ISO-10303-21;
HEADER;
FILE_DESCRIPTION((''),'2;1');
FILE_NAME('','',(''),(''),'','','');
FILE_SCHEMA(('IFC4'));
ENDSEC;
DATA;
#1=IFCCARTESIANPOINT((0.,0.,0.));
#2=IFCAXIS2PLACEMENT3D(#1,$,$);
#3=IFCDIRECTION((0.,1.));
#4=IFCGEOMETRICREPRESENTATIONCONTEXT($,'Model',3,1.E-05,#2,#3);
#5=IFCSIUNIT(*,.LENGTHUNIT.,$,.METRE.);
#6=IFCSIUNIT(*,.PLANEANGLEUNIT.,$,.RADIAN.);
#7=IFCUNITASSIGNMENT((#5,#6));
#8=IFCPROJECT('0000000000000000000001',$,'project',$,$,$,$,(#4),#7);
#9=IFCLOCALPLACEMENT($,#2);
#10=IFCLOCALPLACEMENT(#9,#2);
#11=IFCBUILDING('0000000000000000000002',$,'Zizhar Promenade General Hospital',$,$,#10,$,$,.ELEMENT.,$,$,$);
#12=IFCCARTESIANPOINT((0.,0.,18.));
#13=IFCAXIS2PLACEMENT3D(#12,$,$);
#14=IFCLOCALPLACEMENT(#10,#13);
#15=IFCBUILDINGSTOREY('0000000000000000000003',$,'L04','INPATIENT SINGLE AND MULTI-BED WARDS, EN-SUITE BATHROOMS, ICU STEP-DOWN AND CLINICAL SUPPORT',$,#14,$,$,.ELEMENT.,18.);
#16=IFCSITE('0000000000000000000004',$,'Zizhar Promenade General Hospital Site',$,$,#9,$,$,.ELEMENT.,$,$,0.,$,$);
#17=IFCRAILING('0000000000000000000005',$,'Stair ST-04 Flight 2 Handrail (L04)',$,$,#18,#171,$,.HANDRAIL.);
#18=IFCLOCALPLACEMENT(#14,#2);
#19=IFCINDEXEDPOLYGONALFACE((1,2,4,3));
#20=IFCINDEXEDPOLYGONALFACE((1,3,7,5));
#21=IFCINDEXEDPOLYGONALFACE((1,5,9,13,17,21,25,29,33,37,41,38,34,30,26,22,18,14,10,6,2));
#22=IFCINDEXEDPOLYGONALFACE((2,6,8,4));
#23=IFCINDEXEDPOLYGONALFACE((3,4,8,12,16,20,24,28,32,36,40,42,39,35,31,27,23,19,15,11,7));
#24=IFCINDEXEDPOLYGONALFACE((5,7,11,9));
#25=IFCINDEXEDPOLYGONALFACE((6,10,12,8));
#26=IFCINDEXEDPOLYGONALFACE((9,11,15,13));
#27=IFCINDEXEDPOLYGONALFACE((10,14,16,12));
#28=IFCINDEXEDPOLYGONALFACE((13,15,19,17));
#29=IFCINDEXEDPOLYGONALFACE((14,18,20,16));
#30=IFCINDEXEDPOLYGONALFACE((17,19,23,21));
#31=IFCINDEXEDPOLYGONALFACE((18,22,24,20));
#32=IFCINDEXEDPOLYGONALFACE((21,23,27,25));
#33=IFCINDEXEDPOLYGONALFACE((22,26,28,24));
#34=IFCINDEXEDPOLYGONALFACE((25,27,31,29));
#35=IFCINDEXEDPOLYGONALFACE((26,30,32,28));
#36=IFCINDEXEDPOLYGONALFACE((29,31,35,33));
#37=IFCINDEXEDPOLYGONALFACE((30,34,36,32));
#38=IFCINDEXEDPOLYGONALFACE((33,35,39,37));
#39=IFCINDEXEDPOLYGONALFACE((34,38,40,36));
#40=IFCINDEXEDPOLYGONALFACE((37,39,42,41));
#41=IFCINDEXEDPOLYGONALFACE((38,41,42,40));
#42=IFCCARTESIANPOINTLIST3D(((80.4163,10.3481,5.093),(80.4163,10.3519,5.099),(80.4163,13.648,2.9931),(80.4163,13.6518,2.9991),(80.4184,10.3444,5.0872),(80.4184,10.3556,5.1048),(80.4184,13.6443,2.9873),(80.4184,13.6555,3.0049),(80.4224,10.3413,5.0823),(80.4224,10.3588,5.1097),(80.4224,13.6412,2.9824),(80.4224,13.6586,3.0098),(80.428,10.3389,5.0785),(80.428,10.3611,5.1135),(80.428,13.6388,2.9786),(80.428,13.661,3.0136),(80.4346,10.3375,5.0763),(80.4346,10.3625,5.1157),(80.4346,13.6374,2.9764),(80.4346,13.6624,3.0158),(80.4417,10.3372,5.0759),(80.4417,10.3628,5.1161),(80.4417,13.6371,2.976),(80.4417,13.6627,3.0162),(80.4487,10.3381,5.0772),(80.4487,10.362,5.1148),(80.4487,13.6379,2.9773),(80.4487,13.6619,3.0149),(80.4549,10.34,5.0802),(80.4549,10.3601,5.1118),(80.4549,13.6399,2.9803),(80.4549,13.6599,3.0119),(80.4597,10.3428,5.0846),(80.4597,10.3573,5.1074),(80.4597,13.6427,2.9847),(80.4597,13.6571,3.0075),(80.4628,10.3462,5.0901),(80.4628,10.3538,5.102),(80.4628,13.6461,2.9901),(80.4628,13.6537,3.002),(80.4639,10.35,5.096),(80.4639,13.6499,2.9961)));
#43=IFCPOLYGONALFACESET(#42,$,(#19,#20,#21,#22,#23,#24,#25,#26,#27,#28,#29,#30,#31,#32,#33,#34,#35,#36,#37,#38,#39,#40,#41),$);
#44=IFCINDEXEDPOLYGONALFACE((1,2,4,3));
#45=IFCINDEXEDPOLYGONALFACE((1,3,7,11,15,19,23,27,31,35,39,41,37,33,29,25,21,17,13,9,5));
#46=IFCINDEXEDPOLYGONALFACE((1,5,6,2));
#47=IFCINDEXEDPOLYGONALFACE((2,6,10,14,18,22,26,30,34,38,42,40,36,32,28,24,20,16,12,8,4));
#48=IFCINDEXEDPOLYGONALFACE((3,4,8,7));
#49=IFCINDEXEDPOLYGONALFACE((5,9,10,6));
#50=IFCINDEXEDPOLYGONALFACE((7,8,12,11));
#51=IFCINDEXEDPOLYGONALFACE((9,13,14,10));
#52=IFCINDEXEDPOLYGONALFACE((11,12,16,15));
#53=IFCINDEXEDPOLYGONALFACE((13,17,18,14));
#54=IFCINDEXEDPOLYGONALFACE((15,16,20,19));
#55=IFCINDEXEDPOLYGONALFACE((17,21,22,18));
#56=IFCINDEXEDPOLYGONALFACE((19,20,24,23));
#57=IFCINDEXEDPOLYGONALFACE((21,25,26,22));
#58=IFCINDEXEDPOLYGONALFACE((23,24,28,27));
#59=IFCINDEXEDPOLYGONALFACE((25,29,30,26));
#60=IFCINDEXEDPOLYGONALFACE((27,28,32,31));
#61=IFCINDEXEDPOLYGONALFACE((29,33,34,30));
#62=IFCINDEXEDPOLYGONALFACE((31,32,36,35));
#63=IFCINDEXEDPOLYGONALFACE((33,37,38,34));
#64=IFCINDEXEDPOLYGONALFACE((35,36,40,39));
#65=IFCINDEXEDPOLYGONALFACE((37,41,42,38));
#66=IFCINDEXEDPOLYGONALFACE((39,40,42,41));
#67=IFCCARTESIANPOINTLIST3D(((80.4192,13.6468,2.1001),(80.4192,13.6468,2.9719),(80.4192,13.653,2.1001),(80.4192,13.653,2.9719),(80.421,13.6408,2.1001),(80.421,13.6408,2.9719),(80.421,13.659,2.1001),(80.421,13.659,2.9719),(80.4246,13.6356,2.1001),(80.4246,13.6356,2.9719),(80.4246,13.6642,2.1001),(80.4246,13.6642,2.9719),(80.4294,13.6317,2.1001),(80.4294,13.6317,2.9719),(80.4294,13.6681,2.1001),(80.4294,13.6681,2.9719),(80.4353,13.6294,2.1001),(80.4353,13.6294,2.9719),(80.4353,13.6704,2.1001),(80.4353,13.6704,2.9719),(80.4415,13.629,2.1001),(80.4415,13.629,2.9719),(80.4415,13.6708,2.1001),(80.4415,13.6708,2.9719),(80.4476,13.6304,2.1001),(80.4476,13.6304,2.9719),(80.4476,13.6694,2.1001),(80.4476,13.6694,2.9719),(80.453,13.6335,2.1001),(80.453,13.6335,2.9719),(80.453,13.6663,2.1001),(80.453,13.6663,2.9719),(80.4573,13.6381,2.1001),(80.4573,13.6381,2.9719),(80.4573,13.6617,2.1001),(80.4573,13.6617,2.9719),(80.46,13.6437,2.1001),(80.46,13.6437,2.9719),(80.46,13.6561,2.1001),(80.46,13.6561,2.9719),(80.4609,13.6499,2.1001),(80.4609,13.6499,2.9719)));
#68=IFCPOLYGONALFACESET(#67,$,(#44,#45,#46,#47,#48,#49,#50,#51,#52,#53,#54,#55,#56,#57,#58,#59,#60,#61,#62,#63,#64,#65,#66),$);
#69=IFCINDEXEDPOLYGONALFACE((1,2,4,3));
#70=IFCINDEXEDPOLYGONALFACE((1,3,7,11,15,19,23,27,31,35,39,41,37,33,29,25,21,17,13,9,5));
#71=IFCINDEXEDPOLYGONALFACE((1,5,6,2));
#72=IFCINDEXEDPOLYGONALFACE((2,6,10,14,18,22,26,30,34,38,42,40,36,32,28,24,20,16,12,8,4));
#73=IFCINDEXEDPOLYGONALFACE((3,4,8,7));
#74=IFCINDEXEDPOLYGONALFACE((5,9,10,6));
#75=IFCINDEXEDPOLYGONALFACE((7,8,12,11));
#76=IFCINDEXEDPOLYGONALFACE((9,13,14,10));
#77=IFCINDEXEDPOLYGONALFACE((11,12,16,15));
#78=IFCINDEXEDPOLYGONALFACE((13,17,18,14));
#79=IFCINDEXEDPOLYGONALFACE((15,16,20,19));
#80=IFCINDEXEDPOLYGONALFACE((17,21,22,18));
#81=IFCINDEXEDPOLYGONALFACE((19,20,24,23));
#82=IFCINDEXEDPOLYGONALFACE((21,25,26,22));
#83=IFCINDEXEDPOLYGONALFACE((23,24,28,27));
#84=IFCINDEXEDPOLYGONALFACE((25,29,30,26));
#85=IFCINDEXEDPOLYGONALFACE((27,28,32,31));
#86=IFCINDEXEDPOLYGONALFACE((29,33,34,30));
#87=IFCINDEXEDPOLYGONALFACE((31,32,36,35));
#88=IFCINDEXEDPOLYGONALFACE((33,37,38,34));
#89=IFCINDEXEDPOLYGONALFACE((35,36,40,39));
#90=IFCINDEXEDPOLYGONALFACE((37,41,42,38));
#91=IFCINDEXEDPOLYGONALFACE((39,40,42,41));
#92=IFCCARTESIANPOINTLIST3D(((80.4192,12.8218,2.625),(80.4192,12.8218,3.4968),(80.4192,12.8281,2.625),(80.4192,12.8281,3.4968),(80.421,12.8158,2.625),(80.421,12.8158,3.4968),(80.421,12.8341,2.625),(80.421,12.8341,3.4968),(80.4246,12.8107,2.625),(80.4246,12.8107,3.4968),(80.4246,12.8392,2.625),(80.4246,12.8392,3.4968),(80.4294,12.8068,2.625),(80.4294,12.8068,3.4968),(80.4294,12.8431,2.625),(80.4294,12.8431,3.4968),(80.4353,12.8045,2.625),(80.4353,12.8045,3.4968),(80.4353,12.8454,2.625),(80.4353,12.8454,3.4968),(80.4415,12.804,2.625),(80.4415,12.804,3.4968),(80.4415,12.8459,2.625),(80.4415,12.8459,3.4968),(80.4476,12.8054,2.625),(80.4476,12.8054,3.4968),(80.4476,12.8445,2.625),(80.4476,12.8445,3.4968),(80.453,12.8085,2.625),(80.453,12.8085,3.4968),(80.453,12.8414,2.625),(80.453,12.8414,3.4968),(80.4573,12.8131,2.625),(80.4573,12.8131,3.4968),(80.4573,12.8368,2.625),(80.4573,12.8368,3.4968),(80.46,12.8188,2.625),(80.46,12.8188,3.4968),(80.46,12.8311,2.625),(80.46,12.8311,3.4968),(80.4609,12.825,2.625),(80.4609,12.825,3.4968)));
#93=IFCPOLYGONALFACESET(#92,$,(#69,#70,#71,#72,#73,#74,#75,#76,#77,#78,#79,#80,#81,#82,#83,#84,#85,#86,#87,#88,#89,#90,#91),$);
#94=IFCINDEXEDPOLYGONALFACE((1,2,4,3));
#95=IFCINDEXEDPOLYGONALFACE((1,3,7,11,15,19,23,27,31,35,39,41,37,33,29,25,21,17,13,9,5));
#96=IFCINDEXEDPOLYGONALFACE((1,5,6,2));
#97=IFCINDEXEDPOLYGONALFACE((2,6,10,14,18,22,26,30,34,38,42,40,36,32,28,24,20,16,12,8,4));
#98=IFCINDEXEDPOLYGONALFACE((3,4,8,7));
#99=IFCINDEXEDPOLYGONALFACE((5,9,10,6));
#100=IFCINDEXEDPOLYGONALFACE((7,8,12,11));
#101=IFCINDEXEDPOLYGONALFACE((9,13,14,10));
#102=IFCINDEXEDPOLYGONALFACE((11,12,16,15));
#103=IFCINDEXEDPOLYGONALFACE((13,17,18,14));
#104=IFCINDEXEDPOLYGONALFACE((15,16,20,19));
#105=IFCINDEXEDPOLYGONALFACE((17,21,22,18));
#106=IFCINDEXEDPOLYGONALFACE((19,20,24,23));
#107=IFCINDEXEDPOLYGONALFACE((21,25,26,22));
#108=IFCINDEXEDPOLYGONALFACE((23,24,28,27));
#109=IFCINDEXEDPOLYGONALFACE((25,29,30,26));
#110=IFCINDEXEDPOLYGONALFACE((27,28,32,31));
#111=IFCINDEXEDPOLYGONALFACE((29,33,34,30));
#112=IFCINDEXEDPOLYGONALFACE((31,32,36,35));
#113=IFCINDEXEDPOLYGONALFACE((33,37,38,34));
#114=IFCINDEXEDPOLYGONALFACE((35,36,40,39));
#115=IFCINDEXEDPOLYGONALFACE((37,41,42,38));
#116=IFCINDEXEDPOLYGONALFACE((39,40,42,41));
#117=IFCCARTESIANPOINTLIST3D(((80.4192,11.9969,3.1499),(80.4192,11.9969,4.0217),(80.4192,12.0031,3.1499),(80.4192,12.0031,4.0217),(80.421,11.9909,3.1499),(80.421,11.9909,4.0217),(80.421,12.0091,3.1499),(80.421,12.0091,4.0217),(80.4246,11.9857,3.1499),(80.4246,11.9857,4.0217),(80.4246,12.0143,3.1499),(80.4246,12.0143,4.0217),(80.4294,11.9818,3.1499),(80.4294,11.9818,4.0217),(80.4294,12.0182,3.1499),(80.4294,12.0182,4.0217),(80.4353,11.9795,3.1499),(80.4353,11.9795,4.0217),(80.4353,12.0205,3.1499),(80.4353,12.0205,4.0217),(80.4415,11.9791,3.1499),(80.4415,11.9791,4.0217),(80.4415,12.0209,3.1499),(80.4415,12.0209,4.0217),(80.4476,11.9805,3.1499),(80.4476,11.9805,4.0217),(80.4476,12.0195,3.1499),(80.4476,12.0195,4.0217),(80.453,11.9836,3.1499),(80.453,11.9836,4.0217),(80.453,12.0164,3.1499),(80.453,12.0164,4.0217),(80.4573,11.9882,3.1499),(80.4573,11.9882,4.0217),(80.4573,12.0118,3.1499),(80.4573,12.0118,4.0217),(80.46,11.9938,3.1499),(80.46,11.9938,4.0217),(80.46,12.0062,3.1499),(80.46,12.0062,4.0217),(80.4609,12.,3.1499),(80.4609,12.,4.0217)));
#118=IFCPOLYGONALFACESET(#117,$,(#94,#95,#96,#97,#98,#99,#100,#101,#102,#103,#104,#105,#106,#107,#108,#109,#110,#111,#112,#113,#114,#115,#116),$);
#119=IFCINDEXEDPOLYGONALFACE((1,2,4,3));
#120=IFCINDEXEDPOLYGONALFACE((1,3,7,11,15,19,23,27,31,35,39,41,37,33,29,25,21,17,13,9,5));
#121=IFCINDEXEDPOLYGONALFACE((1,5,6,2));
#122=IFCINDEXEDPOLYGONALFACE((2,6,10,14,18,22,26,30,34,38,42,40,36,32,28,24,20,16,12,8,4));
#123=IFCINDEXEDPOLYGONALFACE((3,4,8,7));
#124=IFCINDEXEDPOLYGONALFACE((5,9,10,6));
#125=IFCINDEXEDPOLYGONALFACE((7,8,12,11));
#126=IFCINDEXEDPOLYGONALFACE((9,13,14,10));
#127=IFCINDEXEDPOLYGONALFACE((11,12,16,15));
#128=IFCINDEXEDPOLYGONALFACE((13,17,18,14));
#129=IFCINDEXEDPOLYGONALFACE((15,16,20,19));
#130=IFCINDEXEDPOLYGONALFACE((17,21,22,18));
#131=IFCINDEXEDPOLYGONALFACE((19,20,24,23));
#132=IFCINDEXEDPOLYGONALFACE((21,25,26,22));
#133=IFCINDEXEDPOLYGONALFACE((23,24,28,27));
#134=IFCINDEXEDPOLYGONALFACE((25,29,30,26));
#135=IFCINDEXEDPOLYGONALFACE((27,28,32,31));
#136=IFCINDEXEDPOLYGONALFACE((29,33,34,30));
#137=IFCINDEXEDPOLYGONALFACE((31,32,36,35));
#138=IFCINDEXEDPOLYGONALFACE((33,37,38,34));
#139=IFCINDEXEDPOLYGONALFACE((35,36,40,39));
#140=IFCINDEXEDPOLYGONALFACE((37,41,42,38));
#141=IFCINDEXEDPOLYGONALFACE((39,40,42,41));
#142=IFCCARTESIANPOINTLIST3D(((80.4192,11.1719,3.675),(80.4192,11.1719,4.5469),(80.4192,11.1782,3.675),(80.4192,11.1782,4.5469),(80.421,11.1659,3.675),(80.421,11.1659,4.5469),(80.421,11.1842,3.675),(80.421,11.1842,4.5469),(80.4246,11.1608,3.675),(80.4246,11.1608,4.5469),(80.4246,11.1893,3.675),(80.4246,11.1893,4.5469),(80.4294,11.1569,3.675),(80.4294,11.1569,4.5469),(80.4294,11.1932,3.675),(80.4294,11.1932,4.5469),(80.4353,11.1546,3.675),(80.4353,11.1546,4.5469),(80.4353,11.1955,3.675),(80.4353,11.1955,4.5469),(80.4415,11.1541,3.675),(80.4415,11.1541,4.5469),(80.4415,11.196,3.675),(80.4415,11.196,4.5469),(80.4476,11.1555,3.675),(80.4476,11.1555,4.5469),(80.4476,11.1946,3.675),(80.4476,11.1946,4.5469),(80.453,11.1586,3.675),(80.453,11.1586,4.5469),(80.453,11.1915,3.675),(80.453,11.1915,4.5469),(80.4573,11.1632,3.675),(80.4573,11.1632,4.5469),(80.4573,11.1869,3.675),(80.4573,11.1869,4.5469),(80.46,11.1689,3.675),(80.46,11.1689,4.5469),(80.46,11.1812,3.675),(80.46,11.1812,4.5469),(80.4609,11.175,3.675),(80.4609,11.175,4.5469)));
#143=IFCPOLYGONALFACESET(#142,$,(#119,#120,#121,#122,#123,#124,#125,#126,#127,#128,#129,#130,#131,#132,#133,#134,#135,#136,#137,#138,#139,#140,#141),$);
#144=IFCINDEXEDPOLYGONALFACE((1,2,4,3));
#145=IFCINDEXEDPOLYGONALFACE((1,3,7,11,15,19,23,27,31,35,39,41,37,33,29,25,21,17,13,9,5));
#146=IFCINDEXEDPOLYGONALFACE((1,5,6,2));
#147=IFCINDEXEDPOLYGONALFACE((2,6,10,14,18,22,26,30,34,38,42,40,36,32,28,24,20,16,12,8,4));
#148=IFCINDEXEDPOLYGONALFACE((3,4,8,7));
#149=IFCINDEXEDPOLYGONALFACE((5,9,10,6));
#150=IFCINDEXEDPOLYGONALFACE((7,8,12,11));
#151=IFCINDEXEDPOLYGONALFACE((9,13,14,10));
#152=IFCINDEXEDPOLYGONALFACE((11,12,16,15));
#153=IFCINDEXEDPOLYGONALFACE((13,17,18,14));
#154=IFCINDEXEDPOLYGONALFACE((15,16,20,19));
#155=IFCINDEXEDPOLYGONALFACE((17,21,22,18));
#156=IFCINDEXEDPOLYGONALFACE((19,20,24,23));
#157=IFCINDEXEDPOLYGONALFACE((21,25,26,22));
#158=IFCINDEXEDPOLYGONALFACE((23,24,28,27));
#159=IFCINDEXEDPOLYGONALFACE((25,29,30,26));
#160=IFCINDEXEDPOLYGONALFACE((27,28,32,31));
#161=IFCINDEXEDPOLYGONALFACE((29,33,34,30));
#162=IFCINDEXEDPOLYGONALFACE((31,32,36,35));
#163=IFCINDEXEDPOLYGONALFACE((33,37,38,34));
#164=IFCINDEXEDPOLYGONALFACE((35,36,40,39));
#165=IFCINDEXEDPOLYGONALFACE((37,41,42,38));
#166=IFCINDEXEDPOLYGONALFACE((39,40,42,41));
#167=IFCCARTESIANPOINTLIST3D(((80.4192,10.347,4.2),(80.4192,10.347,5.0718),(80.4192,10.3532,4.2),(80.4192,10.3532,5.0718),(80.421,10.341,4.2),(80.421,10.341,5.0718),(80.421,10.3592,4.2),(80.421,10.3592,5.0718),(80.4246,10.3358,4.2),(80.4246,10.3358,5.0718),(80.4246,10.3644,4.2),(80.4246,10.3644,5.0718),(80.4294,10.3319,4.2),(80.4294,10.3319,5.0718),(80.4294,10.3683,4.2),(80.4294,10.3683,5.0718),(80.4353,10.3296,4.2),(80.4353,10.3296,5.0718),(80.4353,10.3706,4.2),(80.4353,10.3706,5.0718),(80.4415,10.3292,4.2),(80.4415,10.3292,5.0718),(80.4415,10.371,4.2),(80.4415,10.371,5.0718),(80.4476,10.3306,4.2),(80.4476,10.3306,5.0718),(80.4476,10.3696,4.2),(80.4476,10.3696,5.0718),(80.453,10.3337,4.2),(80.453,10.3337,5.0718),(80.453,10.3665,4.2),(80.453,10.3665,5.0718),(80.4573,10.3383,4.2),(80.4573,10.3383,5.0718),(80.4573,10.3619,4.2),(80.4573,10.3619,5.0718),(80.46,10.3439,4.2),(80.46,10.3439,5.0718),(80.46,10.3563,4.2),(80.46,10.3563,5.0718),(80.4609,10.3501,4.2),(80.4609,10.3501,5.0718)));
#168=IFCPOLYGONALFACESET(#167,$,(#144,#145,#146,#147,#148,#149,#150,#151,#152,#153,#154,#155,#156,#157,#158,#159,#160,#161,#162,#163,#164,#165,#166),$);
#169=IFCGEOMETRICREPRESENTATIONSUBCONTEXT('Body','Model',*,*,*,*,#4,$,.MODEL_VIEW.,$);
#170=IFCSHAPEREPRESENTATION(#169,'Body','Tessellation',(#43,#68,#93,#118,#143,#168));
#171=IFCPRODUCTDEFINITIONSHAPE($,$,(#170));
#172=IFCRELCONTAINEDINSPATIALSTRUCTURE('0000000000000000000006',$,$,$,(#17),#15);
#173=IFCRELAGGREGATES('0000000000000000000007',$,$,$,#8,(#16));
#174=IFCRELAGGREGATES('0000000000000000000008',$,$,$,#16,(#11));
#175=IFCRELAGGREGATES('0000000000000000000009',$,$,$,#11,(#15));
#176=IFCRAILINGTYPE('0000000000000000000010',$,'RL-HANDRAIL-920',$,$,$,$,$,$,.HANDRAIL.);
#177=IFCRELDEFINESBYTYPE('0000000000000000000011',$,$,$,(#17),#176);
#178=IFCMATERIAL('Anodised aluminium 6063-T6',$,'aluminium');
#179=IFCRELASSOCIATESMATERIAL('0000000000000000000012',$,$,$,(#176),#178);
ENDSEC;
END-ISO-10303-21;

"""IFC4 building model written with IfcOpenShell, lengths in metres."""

from ifc_helpers import new_model, si_unit, direction, frame, origin, origin_2d, place, context, subcontext, project, spatial, circle, hollow_circle, extrude, material, material_profile, profile_set, type_object, element, save


model = new_model("IFC4")

# Units and contexts
model_context = context("Model", 3, precision=1e-05, world=origin(), true_north=direction((0.0, 1.0)))
body_context = subcontext(model_context, "Body", "Model", "MODEL_VIEW")
ifc_project = project(units=[si_unit("LENGTHUNIT", "METRE"), si_unit("PLANEANGLEUNIT", "RADIAN")], contexts=[model_context])

# Site, building, storey
site_placement = place(None, origin())
site = spatial("IfcSite", under=ifc_project, at=site_placement, Name="Zizhar Promenade General Hospital Site", CompositionType="ELEMENT", RefElevation=0.0)
building_placement = place(site_placement, origin())
building = spatial("IfcBuilding", under=site, at=building_placement, Name="Zizhar Promenade General Hospital", CompositionType="ELEMENT")
storey_placement = place(building_placement, frame((0.0, 0.0, 18.0)))
storey = spatial("IfcBuildingStorey", under=building, at=storey_placement, Name="L04", Description="INPATIENT SINGLE AND MULTI-BED WARDS, EN-SUITE BATHROOMS, ICU STEP-DOWN AND CLINICAL SUPPORT", CompositionType="ELEMENT", Elevation=18.0)

# Railing
ifc_material_1 = material(Name="Anodised aluminium 6063-T6", Category="aluminium")
ifc_material_profile_1 = material_profile(ifc_material_1, hollow_circle(Radius=0.0698, WallThickness=0.0063, at=origin_2d()))
ifc_profile_set_1 = profile_set([ifc_material_profile_1], Name="Anodised aluminium 6063-T6")
railing_type_1 = type_object("IfcRailingType", Name="RL-HANDRAIL-920", PredefinedType="HANDRAIL", material=ifc_profile_set_1)
railing_1_placement = place(storey_placement, frame((80.4399, 13.6499, 2.1001)))
element("IfcRailing", 1, at=railing_1_placement, inside=storey, type_object=railing_type_1, Name="Stair ST-04 Flight 2 Handrail (L04)", PredefinedType="HANDRAIL", context=body_context, shape_type="SweptSolid", body=[
    extrude(circle(Radius=0.0239, at=origin_2d()), frame((0.0, 0.0, 0.896), z_axis=(0.0, -0.843664, 0.536871), x_axis=(1.0, 0.0, 0.0)), (0.0, 0.0, 1.0), 3.9114),
    extrude(circle(Radius=0.021, at=origin_2d()), origin(), (0.0, 0.0, 1.0), 0.8718),
    extrude(circle(Radius=0.021, at=origin_2d()), frame((0.0, -0.825, 0.5249)), (0.0, 0.0, 1.0), 0.8718),
    extrude(circle(Radius=0.021, at=origin_2d()), frame((0.0, -1.6499, 1.0498)), (0.0, 0.0, 1.0), 0.8718),
    extrude(circle(Radius=0.021, at=origin_2d()), frame((0.0, -2.4749, 1.575)), (0.0, 0.0, 1.0), 0.8718),
    extrude(circle(Radius=0.021, at=origin_2d()), frame((0.0, -3.2998, 2.0999)), (0.0, 0.0, 1.0), 0.8718),
])

save(model, "model.ifc")
